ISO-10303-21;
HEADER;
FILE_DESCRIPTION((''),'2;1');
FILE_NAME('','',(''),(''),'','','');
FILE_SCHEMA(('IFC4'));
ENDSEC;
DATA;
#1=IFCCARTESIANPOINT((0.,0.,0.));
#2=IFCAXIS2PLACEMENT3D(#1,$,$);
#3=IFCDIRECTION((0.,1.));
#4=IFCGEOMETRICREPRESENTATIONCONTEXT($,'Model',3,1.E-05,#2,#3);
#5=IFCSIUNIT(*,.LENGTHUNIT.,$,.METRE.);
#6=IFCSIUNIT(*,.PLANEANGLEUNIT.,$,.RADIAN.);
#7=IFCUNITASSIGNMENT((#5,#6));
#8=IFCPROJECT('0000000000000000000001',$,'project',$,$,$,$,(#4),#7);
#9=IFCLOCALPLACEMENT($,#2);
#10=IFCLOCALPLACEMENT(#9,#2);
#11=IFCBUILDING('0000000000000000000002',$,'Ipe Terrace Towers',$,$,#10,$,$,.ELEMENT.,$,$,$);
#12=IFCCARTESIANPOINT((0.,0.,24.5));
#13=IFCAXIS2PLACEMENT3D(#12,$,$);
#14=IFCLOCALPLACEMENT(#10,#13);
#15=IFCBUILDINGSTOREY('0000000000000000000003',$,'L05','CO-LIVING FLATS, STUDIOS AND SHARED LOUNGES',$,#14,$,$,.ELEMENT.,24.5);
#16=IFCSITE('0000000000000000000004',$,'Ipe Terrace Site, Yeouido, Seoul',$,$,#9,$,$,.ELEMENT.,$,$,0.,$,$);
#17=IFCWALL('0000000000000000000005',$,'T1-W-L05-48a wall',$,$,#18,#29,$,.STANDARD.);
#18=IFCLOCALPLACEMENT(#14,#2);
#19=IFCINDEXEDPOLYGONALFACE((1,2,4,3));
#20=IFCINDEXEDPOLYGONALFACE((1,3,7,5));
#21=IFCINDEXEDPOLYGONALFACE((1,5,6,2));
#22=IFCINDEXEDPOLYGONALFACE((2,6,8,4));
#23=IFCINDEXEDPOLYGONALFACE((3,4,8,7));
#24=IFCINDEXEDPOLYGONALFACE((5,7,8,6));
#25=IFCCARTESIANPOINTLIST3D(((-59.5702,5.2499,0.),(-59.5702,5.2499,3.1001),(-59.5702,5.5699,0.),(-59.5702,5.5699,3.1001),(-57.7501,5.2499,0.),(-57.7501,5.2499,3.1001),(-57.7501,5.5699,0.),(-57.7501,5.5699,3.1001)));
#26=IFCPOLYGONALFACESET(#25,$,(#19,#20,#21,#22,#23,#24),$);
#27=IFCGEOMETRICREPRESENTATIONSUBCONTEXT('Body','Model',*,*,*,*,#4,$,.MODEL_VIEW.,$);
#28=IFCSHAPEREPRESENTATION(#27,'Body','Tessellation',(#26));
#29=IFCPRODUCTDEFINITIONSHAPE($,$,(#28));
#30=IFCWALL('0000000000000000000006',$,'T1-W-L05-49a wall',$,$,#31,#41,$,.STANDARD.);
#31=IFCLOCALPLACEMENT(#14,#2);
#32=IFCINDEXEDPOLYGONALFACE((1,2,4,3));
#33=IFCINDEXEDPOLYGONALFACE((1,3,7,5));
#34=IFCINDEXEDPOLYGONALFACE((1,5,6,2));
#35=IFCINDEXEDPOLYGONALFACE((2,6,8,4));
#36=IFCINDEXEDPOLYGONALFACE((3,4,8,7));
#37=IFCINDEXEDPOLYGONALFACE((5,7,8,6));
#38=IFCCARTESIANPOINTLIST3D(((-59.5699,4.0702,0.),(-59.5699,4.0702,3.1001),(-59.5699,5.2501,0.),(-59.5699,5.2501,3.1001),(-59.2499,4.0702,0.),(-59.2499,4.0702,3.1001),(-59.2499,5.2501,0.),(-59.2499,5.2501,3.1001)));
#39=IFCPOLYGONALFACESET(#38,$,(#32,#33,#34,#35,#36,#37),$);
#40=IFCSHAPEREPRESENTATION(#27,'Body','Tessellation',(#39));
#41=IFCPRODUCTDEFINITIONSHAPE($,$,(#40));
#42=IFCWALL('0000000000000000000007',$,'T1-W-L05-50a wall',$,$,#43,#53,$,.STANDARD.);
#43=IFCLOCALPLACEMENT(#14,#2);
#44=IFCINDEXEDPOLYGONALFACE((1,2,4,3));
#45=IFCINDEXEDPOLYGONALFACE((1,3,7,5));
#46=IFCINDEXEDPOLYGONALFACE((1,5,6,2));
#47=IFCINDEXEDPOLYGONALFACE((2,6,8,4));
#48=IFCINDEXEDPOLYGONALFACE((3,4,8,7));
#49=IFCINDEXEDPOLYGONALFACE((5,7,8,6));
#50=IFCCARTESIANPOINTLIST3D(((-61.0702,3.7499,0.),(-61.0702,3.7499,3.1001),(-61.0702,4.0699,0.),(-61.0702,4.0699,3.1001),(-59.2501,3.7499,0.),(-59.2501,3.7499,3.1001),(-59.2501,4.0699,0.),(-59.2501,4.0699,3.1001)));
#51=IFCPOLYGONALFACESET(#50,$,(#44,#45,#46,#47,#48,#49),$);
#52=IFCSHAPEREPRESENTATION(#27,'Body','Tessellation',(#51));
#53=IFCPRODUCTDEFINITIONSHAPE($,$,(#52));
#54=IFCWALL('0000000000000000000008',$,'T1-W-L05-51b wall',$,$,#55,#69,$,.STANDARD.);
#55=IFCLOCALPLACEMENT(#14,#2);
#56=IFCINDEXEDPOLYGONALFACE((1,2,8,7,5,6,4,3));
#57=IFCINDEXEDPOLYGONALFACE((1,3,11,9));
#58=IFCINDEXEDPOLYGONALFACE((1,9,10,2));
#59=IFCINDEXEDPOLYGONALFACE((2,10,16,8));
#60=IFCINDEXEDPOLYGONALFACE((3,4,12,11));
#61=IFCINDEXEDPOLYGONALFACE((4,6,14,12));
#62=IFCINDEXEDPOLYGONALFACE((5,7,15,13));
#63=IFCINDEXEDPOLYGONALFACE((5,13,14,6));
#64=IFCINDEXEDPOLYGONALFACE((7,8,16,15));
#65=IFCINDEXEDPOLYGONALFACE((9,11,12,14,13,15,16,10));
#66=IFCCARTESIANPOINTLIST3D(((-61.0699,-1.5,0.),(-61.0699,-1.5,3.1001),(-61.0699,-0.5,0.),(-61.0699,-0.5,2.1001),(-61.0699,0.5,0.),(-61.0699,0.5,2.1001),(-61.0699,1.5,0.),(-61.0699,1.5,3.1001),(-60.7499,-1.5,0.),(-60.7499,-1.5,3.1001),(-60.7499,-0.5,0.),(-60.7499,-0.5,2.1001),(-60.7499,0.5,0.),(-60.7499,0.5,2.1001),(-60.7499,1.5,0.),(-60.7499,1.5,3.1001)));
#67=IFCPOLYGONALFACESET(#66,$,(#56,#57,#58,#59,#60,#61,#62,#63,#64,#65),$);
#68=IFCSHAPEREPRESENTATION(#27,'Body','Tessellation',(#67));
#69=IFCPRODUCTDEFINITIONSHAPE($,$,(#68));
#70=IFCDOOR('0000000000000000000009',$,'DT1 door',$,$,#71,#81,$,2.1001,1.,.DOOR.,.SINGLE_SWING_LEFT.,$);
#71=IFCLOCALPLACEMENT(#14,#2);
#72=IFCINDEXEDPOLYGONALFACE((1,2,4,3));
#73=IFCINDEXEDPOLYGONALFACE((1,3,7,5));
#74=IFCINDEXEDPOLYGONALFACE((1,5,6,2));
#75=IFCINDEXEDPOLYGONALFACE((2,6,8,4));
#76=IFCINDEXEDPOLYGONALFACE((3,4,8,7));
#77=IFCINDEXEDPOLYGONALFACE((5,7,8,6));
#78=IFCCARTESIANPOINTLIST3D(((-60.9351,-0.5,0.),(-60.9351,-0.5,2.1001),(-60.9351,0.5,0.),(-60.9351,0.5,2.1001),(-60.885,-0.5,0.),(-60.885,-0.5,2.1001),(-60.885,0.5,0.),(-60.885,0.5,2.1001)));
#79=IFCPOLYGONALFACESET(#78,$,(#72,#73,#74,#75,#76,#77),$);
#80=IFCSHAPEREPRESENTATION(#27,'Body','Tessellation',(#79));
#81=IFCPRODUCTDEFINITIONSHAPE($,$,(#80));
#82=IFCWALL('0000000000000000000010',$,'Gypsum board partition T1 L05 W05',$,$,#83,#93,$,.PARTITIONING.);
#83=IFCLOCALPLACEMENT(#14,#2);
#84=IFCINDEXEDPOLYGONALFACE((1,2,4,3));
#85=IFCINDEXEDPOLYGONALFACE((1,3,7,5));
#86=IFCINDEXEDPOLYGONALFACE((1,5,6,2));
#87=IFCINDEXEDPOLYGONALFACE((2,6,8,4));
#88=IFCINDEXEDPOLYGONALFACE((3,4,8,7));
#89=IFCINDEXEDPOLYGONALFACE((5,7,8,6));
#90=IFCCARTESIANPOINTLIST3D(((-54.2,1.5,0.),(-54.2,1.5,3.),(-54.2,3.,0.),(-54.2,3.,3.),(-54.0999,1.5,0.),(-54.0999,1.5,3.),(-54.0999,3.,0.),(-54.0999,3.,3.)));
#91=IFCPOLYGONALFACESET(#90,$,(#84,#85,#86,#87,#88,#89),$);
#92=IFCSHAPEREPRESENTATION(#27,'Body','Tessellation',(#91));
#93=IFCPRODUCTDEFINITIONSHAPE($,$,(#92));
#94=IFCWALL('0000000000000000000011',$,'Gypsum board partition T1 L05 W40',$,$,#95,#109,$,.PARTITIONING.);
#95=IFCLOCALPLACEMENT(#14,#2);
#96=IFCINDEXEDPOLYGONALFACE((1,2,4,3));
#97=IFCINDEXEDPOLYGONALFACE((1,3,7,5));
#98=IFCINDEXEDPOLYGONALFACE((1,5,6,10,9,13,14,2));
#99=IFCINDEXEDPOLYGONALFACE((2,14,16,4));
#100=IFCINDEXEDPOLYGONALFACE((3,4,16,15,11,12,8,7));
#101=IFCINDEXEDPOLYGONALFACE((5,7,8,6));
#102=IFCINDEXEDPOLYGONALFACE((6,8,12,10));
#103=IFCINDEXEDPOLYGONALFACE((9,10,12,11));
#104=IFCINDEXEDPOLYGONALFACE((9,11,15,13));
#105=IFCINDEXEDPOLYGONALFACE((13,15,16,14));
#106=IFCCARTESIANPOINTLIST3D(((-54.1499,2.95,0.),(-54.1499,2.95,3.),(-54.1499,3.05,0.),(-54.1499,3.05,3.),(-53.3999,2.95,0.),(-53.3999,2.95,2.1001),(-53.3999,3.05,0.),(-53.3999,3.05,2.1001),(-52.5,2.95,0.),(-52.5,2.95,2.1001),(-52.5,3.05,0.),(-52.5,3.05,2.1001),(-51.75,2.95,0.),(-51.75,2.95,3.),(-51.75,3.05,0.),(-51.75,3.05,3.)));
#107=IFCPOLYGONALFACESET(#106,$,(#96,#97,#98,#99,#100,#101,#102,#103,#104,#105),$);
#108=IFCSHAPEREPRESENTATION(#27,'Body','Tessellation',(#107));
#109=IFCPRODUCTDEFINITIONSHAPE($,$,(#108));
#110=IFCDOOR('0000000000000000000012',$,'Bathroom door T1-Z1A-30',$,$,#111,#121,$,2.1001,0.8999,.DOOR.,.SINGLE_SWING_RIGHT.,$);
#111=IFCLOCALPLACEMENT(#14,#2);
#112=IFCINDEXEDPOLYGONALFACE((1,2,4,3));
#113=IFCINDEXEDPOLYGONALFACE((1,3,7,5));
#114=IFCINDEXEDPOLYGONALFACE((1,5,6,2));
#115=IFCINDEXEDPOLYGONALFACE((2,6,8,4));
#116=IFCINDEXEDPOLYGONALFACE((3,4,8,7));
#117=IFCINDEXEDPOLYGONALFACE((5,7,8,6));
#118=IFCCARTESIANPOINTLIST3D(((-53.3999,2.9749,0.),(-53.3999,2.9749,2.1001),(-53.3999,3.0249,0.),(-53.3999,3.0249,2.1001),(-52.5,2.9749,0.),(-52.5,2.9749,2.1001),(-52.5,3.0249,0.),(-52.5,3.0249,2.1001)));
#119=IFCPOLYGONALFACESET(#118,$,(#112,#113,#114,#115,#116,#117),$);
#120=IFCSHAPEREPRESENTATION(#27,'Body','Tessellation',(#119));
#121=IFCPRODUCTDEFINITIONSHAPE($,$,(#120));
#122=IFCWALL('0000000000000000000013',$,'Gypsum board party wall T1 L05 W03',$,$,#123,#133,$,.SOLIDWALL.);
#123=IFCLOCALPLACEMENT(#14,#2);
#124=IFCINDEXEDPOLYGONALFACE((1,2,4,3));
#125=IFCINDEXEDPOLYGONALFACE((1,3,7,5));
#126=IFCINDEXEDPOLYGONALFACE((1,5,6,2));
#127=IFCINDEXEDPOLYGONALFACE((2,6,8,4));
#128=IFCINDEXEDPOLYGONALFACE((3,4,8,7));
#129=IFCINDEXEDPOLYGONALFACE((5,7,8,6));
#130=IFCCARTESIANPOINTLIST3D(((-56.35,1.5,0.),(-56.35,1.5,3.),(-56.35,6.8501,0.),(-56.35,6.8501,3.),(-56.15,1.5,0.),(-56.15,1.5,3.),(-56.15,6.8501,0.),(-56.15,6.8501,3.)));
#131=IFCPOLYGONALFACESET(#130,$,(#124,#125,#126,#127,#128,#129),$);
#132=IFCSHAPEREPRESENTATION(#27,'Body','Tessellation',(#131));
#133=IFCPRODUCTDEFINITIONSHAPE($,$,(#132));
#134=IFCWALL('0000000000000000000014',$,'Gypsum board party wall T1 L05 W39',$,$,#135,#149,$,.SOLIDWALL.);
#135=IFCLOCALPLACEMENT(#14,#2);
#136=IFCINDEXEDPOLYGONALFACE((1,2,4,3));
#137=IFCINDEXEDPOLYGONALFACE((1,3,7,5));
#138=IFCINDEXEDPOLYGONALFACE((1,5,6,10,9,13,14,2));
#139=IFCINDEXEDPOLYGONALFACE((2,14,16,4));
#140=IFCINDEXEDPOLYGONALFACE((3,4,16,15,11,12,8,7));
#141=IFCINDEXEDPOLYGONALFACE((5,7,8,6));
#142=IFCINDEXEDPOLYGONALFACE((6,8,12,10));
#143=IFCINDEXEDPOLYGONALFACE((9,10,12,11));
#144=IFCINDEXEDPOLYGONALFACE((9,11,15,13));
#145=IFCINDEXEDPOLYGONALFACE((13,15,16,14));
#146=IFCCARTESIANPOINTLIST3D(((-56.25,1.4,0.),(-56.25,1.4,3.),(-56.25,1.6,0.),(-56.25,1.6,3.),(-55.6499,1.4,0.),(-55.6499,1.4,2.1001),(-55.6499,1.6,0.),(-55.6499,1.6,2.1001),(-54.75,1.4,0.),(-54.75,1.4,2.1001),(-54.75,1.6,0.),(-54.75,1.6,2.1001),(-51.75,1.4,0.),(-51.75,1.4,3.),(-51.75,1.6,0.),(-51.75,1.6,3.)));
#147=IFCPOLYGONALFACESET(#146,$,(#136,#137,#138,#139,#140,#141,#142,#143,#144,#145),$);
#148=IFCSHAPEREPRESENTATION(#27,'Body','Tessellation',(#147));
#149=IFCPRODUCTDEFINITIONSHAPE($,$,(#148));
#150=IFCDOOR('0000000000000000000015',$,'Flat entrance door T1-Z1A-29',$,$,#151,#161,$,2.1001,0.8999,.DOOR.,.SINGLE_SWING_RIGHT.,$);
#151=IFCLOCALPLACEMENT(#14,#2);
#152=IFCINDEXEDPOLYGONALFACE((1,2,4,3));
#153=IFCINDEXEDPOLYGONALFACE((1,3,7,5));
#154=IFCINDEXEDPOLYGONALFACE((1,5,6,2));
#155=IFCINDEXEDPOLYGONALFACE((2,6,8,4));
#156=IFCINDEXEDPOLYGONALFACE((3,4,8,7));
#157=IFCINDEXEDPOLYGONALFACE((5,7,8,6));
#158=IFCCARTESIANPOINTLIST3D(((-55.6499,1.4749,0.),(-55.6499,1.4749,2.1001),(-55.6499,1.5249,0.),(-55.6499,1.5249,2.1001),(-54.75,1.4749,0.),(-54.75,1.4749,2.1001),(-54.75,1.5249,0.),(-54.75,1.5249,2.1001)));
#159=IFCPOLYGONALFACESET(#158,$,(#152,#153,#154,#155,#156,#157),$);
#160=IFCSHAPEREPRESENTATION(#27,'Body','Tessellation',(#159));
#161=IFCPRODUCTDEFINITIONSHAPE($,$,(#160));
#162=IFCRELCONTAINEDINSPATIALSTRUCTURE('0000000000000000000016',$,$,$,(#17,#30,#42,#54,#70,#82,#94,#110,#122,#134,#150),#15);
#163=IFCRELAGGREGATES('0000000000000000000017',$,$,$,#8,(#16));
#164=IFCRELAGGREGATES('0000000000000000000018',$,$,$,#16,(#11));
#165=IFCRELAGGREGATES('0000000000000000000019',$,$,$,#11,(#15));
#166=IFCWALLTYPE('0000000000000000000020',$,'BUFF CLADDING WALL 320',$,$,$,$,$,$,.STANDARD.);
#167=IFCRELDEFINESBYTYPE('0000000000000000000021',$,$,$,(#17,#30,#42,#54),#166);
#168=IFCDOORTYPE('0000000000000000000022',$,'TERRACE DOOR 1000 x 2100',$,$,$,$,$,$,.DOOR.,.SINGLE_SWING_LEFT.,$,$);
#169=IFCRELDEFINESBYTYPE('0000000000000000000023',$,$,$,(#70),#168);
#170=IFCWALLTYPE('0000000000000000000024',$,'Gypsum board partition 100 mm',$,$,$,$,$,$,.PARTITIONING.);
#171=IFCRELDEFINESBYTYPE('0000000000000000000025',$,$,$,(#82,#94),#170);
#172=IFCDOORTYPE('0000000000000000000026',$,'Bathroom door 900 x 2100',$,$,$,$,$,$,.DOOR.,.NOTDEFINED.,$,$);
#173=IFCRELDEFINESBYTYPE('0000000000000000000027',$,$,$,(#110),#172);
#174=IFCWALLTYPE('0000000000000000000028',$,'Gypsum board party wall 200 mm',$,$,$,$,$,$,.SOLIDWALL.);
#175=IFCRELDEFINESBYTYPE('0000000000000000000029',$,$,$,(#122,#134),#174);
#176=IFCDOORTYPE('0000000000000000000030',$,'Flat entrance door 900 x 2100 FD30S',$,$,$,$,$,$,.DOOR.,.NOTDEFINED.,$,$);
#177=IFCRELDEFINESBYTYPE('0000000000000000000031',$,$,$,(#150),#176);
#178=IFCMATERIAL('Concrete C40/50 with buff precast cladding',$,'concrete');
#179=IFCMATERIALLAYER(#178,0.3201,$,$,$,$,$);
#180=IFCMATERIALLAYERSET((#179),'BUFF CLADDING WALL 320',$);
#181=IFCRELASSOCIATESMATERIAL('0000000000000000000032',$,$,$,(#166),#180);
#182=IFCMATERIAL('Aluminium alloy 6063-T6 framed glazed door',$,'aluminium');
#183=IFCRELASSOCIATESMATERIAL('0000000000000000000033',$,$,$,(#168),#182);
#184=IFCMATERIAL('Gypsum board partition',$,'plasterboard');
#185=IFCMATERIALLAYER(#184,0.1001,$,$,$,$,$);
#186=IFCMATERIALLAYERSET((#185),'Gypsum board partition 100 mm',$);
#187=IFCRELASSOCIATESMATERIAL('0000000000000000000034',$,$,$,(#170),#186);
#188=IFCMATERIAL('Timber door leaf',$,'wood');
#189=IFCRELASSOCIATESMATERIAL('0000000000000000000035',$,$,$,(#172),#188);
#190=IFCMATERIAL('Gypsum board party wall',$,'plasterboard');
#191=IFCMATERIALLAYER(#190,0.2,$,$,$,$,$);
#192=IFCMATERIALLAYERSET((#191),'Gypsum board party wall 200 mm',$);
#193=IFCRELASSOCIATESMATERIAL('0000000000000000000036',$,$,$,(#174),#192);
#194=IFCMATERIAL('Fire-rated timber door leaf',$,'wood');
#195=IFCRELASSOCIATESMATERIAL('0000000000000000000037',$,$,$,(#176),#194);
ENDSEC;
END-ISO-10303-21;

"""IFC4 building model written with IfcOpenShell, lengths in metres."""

from ifc_helpers import new_model, si_unit, direction, frame, frame_2d, origin, place, context, subcontext, project, spatial, rectangle, extrude, material, layer, layer_set, type_object, element, fill, save


model = new_model("IFC4")

# Units and contexts
model_context = context("Model", 3, precision=1e-05, world=origin(), true_north=direction((0.0, 1.0)))
body_context = subcontext(model_context, "Body", "Model", "MODEL_VIEW")
ifc_project = project(units=[si_unit("LENGTHUNIT", "METRE"), si_unit("PLANEANGLEUNIT", "RADIAN")], contexts=[model_context])

# Site, building, storey
site_placement = place(None, origin())
site = spatial("IfcSite", under=ifc_project, at=site_placement, Name="Ipe Terrace Site, Yeouido, Seoul", CompositionType="ELEMENT", RefElevation=0.0)
building_placement = place(site_placement, origin())
building = spatial("IfcBuilding", under=site, at=building_placement, Name="Ipe Terrace Towers", CompositionType="ELEMENT")
storey_placement = place(building_placement, frame((0.0, 0.0, 24.5)))
storey = spatial("IfcBuildingStorey", under=building, at=storey_placement, Name="L05", Description="CO-LIVING FLATS, STUDIOS AND SHARED LOUNGES", CompositionType="ELEMENT", Elevation=24.5)

# Walls
ifc_material_1 = material(Name="Concrete C40/50 with buff precast cladding", Category="concrete")
ifc_layer_1 = layer(ifc_material_1, 0.3201)
ifc_layer_set_1 = layer_set([ifc_layer_1], Name="BUFF CLADDING WALL 320")
wall_type_1 = type_object("IfcWallType", Name="BUFF CLADDING WALL 320", PredefinedType="STANDARD", material=ifc_layer_set_1)
wall_1_placement = place(storey_placement, frame((-57.75, 5.4099, 0.0), z_axis=(0.0, 0.0, 1.0), x_axis=(-1.0, 0.0, 0.0)))
element("IfcWall", 1, at=wall_1_placement, inside=storey, type_object=wall_type_1, Name="T1-W-L05-48a wall", PredefinedType="STANDARD", context=body_context, shape_type="SweptSolid", body=[
    extrude(rectangle(XDim=1.8201, YDim=0.3201, at=frame_2d((0.9102, 0.0))), origin(), (0.0, 0.0, 1.0), 3.1001),
])
wall_2_placement = place(storey_placement, frame((-59.4099, 5.25, 0.0), z_axis=(0.0, 0.0, 1.0), x_axis=(0.0, -1.0, 0.0)))
element("IfcWall", 2, at=wall_2_placement, inside=storey, type_object=wall_type_1, Name="T1-W-L05-49a wall", PredefinedType="STANDARD", context=body_context, shape_type="SweptSolid", body=[
    extrude(rectangle(XDim=1.1799, YDim=0.3201, at=frame_2d((0.5898, 0.0))), origin(), (0.0, 0.0, 1.0), 3.1001),
])
wall_3_placement = place(storey_placement, frame((-59.25, 3.9099, 0.0), z_axis=(0.0, 0.0, 1.0), x_axis=(-1.0, 0.0, 0.0)))
element("IfcWall", 3, at=wall_3_placement, inside=storey, type_object=wall_type_1, Name="T1-W-L05-50a wall", PredefinedType="STANDARD", context=body_context, shape_type="SweptSolid", body=[
    extrude(rectangle(XDim=1.8201, YDim=0.3201, at=frame_2d((0.9102, 0.0))), origin(), (0.0, 0.0, 1.0), 3.1001),
])

# Wall, opening, door
wall_4_placement = place(storey_placement, frame((-60.9099, 1.5, 0.0), z_axis=(0.0, 0.0, 1.0), x_axis=(0.0, -1.0, 0.0)))
wall_4 = element("IfcWall", 4, at=wall_4_placement, inside=storey, type_object=wall_type_1, Name="T1-W-L05-51b wall", PredefinedType="STANDARD", context=body_context, shape_type="SweptSolid", body=[
    extrude(rectangle(XDim=3.0, YDim=0.3201, at=frame_2d((1.5, 0.0))), origin(), (0.0, 0.0, 1.0), 3.1001),
])
opening_1_placement = place(wall_4_placement, frame((1.0, 0.0, 0.0)))
opening_1 = element("IfcOpeningElement", 5, at=opening_1_placement, cuts=wall_4, PredefinedType="OPENING", context=body_context, shape_type="SweptSolid", body=[
    extrude(rectangle(XDim=1.0, YDim=2.1001, at=frame_2d((0.5, 1.05))), frame((0.0, 0.1699, 0.0), z_axis=(0.0, -1.0, 0.0), x_axis=(1.0, 0.0, 0.0)), (0.0, 0.0, 1.0), 0.3401),
])
ifc_material_2 = material(Name="Aluminium alloy 6063-T6 framed glazed door", Category="aluminium")
door_type_1 = type_object("IfcDoorType", Name="TERRACE DOOR 1000 x 2100", OperationType="SINGLE_SWING_LEFT", PredefinedType="DOOR", material=ifc_material_2)
door_1_placement = place(opening_1_placement, origin())
door_1 = element("IfcDoor", 6, at=door_1_placement, inside=storey, type_object=door_type_1, Name="DT1 door", OperationType="SINGLE_SWING_LEFT", OverallHeight=2.1001, OverallWidth=1.0, PredefinedType="DOOR", context=body_context, shape_type="SweptSolid", body=[
    extrude(rectangle(XDim=1.0, YDim=2.1001, at=frame_2d((0.5, 1.05))), frame((0.0, 0.0249, 0.0), z_axis=(0.0, -1.0, 0.0), x_axis=(1.0, 0.0, 0.0)), (0.0, 0.0, 1.0), 0.05),
])
fill(opening_1, door_1)

# Wall
ifc_material_3 = material(Name="Gypsum board partition", Category="plasterboard")
ifc_layer_2 = layer(ifc_material_3, 0.1001)
ifc_layer_set_2 = layer_set([ifc_layer_2], Name="Gypsum board partition 100 mm")
wall_type_2 = type_object("IfcWallType", Name="Gypsum board partition 100 mm", PredefinedType="PARTITIONING", material=ifc_layer_set_2)
wall_5_placement = place(storey_placement, frame((-54.1499, 1.5, 0.0), z_axis=(0.0, 0.0, 1.0), x_axis=(0.0, 1.0, 0.0)))
element("IfcWall", 7, at=wall_5_placement, inside=storey, type_object=wall_type_2, Name="Gypsum board partition T1 L05 W05", PredefinedType="PARTITIONING", context=body_context, shape_type="SweptSolid", body=[
    extrude(rectangle(XDim=1.5, YDim=0.1001, at=frame_2d((0.75, 0.0))), origin(), (0.0, 0.0, 1.0), 3.0),
])

# Wall, opening, door
wall_6_placement = place(storey_placement, frame((-54.1499, 3.0, 0.0), z_axis=(0.0, 0.0, 1.0), x_axis=(1.0, 0.0, 0.0)))
wall_6 = element("IfcWall", 8, at=wall_6_placement, inside=storey, type_object=wall_type_2, Name="Gypsum board partition T1 L05 W40", PredefinedType="PARTITIONING", context=body_context, shape_type="SweptSolid", body=[
    extrude(rectangle(XDim=2.3999, YDim=0.1001, at=frame_2d((1.2, 0.0))), origin(), (0.0, 0.0, 1.0), 3.0),
])
opening_2_placement = place(wall_6_placement, frame((0.75, 0.0, 0.0)))
opening_2 = element("IfcOpeningElement", 9, at=opening_2_placement, cuts=wall_6, PredefinedType="OPENING", context=body_context, shape_type="SweptSolid", body=[
    extrude(rectangle(XDim=0.8999, YDim=2.1001, at=frame_2d((0.45, 1.05))), frame((0.0, 0.0601, 0.0), z_axis=(0.0, -1.0, 0.0), x_axis=(1.0, 0.0, 0.0)), (0.0, 0.0, 1.0), 0.1201),
])
ifc_material_4 = material(Name="Timber door leaf", Category="wood")
door_type_2 = type_object("IfcDoorType", Name="Bathroom door 900 x 2100", OperationType="NOTDEFINED", PredefinedType="DOOR", material=ifc_material_4)
door_2_placement = place(opening_2_placement, origin())
door_2 = element("IfcDoor", 10, at=door_2_placement, inside=storey, type_object=door_type_2, Name="Bathroom door T1-Z1A-30", OperationType="SINGLE_SWING_RIGHT", OverallHeight=2.1001, OverallWidth=0.8999, PredefinedType="DOOR", context=body_context, shape_type="SweptSolid", body=[
    extrude(rectangle(XDim=0.8999, YDim=2.1001, at=frame_2d((0.45, 1.05))), frame((0.0, 0.0249, 0.0), z_axis=(0.0, -1.0, 0.0), x_axis=(1.0, 0.0, 0.0)), (0.0, 0.0, 1.0), 0.05),
])
fill(opening_2, door_2)

# Wall
ifc_material_5 = material(Name="Gypsum board party wall", Category="plasterboard")
ifc_layer_3 = layer(ifc_material_5, 0.2)
ifc_layer_set_3 = layer_set([ifc_layer_3], Name="Gypsum board party wall 200 mm")
wall_type_3 = type_object("IfcWallType", Name="Gypsum board party wall 200 mm", PredefinedType="SOLIDWALL", material=ifc_layer_set_3)
wall_7_placement = place(storey_placement, frame((-56.25, 1.5, 0.0), z_axis=(0.0, 0.0, 1.0), x_axis=(0.0, 1.0, 0.0)))
element("IfcWall", 11, at=wall_7_placement, inside=storey, type_object=wall_type_3, Name="Gypsum board party wall T1 L05 W03", PredefinedType="SOLIDWALL", context=body_context, shape_type="SweptSolid", body=[
    extrude(rectangle(XDim=5.3501, YDim=0.2, at=frame_2d((2.675, 0.0))), origin(), (0.0, 0.0, 1.0), 3.0),
])

# Wall, opening, door
wall_8_placement = place(storey_placement, frame((-56.25, 1.5, 0.0), z_axis=(0.0, 0.0, 1.0), x_axis=(1.0, 0.0, 0.0)))
wall_8 = element("IfcWall", 12, at=wall_8_placement, inside=storey, type_object=wall_type_3, Name="Gypsum board party wall T1 L05 W39", PredefinedType="SOLIDWALL", context=body_context, shape_type="SweptSolid", body=[
    extrude(rectangle(XDim=4.5, YDim=0.2, at=frame_2d((2.25, 0.0))), origin(), (0.0, 0.0, 1.0), 3.0),
])
opening_3_placement = place(wall_8_placement, frame((0.6001, 0.0, 0.0)))
opening_3 = element("IfcOpeningElement", 13, at=opening_3_placement, cuts=wall_8, PredefinedType="OPENING", context=body_context, shape_type="SweptSolid", body=[
    extrude(rectangle(XDim=0.8999, YDim=2.1001, at=frame_2d((0.45, 1.05))), frame((0.0, 0.1099, 0.0), z_axis=(0.0, -1.0, 0.0), x_axis=(1.0, 0.0, 0.0)), (0.0, 0.0, 1.0), 0.22),
])
ifc_material_6 = material(Name="Fire-rated timber door leaf", Category="wood")
door_type_3 = type_object("IfcDoorType", Name="Flat entrance door 900 x 2100 FD30S", OperationType="NOTDEFINED", PredefinedType="DOOR", material=ifc_material_6)
door_3_placement = place(opening_3_placement, origin())
door_3 = element("IfcDoor", 14, at=door_3_placement, inside=storey, type_object=door_type_3, Name="Flat entrance door T1-Z1A-29", OperationType="SINGLE_SWING_RIGHT", OverallHeight=2.1001, OverallWidth=0.8999, PredefinedType="DOOR", context=body_context, shape_type="SweptSolid", body=[
    extrude(rectangle(XDim=0.8999, YDim=2.1001, at=frame_2d((0.45, 1.05))), frame((0.0, 0.0249, 0.0), z_axis=(0.0, -1.0, 0.0), x_axis=(1.0, 0.0, 0.0)), (0.0, 0.0, 1.0), 0.05),
])
fill(opening_3, door_3)

save(model, "model.ifc")
